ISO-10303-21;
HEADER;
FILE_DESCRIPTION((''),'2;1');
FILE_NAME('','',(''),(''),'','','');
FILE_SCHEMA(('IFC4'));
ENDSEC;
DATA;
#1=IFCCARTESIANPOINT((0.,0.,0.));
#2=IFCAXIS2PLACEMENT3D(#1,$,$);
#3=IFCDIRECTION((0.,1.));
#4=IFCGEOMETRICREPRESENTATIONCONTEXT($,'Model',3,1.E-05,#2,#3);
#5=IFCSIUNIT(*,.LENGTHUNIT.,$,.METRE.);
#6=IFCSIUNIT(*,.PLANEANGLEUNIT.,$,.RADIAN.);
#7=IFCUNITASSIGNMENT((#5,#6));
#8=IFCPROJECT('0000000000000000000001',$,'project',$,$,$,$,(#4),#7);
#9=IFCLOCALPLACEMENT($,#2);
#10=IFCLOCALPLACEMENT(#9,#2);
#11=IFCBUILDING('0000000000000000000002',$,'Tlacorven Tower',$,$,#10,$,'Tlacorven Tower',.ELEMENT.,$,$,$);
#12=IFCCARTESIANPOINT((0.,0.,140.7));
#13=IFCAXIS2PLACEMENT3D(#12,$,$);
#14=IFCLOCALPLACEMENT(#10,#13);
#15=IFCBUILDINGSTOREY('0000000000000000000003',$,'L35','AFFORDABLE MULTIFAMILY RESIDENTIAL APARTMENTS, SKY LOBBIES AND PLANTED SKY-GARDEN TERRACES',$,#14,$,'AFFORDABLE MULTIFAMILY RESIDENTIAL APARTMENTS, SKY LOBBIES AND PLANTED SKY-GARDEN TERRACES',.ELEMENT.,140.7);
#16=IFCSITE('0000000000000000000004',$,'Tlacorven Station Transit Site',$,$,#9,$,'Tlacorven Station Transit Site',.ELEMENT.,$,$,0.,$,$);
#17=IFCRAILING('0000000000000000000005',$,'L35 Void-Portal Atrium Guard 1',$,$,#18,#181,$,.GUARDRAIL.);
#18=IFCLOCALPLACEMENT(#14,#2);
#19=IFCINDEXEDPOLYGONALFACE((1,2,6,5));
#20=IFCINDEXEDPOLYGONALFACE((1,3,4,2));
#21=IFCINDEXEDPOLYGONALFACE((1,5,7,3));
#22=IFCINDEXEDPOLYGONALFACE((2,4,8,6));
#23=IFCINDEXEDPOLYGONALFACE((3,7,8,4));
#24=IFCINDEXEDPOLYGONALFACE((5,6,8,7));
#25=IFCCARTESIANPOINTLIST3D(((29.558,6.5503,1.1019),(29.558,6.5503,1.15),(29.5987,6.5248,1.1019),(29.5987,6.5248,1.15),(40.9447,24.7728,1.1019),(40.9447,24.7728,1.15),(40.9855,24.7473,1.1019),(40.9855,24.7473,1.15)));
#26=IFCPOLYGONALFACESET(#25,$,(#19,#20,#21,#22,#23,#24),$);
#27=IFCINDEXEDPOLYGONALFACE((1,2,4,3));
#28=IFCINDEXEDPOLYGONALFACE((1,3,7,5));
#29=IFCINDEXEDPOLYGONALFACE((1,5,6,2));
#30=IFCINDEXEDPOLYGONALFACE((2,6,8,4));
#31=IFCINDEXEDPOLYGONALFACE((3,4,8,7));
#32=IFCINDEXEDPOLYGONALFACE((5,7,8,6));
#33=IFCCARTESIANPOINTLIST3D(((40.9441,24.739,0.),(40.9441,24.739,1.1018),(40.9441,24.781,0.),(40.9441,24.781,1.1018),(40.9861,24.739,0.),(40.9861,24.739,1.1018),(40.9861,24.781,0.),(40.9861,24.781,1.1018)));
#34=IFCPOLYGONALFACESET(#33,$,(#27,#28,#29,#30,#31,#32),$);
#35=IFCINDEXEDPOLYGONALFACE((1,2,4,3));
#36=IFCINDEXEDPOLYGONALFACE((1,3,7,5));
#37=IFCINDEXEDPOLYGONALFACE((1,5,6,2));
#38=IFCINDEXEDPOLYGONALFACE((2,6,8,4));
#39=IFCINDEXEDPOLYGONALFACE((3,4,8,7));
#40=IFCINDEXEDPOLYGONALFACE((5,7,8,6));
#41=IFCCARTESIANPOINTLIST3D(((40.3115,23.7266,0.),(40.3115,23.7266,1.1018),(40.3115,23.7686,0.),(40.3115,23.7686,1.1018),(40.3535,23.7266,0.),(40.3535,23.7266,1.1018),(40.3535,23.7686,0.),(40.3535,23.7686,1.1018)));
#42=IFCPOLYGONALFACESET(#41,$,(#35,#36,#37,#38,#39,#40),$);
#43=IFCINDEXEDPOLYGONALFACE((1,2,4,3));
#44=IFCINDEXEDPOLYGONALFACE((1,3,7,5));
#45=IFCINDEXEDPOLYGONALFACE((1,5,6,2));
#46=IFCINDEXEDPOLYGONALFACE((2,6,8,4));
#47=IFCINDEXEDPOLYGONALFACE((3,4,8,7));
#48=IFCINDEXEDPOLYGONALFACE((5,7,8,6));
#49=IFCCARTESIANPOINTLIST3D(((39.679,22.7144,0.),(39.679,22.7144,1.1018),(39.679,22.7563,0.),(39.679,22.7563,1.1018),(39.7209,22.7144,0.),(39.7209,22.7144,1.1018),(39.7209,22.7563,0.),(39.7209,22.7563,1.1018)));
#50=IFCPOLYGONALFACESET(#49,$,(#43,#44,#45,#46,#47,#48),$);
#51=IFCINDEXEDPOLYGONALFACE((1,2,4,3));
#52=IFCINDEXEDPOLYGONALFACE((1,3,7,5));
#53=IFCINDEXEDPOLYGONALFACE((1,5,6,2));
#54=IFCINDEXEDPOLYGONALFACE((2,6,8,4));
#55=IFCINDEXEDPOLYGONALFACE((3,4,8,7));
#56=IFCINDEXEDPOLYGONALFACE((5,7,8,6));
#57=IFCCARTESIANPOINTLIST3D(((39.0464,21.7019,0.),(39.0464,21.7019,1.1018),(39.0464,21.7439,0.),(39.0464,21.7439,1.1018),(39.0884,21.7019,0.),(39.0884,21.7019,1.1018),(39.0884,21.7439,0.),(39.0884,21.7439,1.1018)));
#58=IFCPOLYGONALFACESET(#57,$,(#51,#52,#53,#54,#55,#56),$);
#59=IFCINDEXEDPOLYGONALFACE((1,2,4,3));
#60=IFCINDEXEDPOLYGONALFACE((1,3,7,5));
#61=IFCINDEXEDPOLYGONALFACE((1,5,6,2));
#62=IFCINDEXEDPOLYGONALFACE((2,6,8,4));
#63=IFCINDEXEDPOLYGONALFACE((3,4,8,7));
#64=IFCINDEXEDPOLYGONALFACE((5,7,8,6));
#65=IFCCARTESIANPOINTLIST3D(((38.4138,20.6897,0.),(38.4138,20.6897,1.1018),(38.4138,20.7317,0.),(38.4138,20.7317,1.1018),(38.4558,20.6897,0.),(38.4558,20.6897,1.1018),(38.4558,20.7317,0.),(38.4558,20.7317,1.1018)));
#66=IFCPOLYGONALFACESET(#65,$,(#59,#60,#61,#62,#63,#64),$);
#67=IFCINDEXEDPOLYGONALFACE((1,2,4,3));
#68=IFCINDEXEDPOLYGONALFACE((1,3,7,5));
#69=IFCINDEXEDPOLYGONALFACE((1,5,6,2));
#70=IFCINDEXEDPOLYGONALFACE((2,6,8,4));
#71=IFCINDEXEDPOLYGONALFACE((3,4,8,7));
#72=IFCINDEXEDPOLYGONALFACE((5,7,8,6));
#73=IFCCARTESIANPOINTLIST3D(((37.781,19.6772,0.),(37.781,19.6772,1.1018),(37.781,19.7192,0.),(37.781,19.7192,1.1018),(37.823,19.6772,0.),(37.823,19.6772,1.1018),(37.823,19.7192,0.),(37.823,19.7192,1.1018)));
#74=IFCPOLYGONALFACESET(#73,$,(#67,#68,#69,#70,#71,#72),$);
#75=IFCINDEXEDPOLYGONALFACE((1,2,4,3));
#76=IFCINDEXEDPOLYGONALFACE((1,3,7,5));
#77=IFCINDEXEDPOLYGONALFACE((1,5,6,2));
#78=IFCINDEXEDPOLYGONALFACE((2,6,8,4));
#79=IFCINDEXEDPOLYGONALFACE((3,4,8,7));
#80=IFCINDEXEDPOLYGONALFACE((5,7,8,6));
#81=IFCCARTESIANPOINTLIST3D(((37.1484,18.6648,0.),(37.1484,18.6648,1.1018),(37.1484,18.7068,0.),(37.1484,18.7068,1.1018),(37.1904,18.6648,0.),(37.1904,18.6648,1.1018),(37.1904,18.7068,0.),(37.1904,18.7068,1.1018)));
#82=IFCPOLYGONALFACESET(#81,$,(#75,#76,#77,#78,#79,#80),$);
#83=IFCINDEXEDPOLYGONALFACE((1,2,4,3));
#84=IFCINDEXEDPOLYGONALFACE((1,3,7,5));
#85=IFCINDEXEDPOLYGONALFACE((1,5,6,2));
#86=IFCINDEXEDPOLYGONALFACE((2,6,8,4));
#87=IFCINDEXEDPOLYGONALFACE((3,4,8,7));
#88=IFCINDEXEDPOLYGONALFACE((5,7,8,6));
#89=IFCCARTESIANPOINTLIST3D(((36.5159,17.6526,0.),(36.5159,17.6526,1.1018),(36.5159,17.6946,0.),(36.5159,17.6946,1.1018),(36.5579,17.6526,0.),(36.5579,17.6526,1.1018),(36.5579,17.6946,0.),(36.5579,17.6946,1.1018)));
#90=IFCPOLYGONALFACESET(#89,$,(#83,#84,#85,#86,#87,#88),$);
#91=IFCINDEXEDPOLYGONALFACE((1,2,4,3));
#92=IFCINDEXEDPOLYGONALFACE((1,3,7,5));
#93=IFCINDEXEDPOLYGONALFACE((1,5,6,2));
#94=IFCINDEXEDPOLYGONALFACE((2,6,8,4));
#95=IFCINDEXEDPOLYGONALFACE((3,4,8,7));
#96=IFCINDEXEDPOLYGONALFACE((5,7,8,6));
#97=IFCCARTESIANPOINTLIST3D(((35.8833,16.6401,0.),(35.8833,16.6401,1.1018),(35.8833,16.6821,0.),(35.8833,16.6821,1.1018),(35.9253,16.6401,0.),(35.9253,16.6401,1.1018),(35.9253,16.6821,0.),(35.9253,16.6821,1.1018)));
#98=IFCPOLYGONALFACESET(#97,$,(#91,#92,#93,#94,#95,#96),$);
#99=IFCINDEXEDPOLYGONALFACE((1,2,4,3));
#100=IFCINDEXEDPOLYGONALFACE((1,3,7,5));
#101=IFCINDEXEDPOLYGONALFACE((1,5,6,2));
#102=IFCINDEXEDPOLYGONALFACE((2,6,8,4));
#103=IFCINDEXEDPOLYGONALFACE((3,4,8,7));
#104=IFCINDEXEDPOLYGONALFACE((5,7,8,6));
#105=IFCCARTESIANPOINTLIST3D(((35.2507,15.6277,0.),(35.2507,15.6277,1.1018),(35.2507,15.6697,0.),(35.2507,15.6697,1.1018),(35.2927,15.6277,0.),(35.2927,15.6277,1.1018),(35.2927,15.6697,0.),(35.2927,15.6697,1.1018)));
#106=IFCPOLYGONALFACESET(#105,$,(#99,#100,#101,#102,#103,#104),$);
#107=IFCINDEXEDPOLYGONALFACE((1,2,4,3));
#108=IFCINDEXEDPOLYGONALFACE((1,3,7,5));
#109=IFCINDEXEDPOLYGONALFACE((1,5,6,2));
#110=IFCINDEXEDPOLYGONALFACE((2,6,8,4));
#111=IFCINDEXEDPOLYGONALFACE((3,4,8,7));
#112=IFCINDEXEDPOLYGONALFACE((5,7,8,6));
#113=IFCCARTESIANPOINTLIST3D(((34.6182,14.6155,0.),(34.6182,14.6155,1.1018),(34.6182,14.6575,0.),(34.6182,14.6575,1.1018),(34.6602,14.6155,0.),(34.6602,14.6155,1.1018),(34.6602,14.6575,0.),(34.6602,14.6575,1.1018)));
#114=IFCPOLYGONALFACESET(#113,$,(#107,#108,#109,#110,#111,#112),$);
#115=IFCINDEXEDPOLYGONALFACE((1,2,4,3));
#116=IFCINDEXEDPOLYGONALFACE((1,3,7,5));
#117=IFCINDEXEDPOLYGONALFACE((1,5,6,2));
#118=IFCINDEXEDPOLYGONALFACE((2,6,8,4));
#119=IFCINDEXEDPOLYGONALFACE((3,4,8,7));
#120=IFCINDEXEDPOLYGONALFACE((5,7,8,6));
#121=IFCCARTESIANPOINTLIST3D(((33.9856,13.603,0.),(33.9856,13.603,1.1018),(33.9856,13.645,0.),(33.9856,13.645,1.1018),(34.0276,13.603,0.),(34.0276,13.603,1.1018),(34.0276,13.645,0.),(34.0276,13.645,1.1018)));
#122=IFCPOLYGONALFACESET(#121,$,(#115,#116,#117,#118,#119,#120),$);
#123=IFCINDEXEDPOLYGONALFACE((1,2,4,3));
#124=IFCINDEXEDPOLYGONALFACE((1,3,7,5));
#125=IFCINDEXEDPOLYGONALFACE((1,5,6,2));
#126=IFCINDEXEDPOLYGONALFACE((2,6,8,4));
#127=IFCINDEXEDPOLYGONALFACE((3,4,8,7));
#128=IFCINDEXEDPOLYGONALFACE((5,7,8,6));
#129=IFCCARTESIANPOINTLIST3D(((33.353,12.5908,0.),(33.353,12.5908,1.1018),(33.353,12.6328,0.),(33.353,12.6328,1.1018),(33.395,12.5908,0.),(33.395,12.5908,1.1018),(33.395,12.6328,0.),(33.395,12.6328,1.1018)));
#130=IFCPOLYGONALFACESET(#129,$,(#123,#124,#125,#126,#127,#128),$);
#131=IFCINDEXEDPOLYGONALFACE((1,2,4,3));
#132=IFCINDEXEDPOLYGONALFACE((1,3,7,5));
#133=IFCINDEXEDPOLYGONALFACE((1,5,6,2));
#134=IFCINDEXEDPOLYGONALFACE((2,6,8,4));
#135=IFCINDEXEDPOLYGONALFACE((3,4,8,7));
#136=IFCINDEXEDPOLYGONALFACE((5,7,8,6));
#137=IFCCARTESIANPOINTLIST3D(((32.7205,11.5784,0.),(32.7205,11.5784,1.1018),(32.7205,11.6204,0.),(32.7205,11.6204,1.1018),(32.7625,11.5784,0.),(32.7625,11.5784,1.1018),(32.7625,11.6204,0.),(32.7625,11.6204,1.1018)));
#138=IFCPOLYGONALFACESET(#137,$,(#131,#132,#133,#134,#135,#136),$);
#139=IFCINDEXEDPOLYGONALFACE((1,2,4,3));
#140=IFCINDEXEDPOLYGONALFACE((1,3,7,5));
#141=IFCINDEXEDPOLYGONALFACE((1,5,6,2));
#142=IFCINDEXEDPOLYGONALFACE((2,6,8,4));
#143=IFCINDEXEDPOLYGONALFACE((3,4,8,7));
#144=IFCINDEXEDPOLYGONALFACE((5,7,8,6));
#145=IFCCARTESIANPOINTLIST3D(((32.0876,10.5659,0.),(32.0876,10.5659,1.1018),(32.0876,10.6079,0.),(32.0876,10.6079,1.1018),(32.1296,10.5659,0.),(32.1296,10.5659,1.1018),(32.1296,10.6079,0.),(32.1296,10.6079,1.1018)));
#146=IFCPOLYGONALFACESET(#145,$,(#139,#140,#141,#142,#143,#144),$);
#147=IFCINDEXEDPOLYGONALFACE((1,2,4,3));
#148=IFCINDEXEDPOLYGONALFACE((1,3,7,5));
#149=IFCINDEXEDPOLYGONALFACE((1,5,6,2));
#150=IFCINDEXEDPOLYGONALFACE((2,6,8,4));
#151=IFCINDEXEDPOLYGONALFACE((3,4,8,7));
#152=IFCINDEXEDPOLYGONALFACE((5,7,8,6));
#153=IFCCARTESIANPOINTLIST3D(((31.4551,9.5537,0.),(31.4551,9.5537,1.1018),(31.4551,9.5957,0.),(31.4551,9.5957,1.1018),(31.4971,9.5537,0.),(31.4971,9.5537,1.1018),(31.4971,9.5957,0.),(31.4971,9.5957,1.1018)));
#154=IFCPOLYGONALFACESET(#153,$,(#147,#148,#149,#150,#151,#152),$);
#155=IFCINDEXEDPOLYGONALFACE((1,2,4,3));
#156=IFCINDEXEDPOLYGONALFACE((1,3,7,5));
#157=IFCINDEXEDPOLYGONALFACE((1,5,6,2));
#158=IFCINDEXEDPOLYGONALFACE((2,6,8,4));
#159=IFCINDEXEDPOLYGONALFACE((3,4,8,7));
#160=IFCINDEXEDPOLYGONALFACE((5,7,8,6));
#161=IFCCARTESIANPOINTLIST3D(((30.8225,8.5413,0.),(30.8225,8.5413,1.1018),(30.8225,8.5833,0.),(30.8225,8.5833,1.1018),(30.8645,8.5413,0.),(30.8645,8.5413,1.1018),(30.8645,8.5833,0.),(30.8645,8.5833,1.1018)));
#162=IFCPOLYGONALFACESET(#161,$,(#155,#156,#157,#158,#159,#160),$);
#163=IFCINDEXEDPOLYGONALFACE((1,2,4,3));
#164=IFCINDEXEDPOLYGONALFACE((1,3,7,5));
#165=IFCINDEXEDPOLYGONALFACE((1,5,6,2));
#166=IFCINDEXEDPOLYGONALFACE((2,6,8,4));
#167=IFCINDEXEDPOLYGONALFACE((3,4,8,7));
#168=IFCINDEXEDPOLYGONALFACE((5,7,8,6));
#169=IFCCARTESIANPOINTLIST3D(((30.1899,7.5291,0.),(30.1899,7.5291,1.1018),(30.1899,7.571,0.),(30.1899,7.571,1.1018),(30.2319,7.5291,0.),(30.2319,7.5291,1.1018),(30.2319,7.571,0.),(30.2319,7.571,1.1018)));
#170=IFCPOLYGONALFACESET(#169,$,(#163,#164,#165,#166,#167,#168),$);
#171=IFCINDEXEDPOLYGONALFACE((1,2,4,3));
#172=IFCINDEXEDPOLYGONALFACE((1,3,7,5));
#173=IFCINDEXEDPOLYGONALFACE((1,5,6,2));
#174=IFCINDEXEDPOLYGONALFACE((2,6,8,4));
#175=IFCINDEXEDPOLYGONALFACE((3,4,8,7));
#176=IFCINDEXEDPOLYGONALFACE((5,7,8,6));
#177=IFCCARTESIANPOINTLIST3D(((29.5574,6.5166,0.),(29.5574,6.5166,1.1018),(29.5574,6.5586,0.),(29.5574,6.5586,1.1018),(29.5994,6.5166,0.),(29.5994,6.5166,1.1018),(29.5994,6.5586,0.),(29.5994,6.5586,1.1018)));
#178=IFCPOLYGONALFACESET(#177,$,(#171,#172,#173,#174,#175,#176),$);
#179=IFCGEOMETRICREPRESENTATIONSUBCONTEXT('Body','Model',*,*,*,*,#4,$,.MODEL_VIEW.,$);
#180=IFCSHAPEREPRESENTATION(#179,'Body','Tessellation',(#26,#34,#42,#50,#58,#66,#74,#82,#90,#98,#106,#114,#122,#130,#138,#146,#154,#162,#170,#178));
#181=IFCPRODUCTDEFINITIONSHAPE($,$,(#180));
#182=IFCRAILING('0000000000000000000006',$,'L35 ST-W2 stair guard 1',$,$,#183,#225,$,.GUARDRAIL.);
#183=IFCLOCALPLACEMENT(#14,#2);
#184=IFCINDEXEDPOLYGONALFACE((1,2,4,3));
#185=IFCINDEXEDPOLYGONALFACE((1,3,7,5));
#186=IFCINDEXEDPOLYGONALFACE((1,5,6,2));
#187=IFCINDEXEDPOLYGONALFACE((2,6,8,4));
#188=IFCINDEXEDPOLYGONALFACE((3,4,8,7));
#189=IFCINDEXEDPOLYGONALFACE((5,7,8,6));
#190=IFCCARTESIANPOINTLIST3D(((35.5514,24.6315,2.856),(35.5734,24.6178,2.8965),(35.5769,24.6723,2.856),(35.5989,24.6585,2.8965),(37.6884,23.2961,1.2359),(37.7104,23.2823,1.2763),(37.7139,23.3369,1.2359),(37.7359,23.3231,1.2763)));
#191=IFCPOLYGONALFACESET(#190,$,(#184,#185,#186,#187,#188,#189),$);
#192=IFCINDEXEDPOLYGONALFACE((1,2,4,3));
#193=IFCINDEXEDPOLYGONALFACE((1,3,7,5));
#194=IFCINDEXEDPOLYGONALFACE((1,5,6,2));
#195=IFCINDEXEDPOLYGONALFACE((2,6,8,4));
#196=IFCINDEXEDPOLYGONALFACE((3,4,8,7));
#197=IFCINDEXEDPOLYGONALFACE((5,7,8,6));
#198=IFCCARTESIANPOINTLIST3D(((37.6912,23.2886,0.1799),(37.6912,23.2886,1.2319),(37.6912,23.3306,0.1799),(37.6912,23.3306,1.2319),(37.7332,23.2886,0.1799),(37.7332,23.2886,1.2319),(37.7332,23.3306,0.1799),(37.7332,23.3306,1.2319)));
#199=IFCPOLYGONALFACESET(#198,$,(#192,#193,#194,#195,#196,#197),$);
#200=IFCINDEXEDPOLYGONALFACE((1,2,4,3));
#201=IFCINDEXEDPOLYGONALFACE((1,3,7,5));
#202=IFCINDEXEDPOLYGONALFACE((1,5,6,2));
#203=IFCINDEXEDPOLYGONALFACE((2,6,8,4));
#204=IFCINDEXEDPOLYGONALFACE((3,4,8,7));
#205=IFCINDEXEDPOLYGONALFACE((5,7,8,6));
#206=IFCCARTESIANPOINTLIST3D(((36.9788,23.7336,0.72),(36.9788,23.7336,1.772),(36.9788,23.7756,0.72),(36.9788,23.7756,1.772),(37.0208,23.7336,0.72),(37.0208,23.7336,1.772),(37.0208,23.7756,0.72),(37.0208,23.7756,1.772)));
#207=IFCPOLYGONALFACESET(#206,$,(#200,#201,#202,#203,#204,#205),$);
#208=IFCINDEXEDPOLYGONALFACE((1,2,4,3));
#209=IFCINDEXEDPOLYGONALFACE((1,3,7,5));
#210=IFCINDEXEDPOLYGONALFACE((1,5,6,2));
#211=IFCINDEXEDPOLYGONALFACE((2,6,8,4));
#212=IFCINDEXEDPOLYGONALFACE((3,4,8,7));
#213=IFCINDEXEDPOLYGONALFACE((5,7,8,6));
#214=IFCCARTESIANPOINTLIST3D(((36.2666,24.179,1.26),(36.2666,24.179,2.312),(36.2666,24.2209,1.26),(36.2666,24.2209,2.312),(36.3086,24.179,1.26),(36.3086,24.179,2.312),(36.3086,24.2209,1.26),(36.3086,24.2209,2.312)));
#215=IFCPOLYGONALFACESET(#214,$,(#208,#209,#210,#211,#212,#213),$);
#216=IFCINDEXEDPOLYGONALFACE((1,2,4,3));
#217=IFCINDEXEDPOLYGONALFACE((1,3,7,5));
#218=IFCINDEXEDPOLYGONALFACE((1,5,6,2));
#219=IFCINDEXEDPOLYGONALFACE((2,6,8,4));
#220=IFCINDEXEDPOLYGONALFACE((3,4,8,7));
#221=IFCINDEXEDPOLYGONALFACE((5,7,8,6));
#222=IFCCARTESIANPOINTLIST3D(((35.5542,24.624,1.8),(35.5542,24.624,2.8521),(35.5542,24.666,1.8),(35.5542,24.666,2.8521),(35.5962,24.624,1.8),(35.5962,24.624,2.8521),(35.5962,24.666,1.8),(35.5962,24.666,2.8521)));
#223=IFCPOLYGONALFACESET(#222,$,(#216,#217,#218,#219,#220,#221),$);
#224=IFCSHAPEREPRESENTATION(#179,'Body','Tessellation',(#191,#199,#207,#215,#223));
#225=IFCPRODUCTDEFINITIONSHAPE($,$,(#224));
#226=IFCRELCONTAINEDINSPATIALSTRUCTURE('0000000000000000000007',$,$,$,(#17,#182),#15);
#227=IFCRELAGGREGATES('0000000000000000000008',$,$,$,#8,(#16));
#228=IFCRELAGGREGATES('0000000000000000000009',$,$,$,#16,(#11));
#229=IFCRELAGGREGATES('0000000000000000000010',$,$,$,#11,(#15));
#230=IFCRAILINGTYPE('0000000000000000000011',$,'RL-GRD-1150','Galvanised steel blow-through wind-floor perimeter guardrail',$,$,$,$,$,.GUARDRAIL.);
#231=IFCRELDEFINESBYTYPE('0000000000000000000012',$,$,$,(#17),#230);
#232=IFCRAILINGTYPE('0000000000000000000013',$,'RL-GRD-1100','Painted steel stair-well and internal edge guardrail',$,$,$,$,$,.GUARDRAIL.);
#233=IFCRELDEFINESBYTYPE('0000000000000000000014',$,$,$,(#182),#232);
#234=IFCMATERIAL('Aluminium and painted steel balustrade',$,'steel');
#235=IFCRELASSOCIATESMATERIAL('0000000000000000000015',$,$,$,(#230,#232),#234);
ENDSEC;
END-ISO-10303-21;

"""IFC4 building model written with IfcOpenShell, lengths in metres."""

from ifc_helpers import new_model, si_unit, direction, frame, origin, origin_2d, place, context, subcontext, project, spatial, rectangle, extrude, source, transform, mapped, material, type_object, element, save


model = new_model("IFC4")

# Units and contexts
model_context = context("Model", 3, precision=1e-05, world=origin(), true_north=direction((0.0, 1.0)))
body_context = subcontext(model_context, "Body", "Model", "MODEL_VIEW")
ifc_project = project(units=[si_unit("LENGTHUNIT", "METRE"), si_unit("PLANEANGLEUNIT", "RADIAN")], contexts=[model_context])

# Site, building, storey
site_placement = place(None, origin())
site = spatial("IfcSite", under=ifc_project, at=site_placement, Name="Tlacorven Station Transit Site", LongName="Tlacorven Station Transit Site", CompositionType="ELEMENT", RefElevation=0.0)
building_placement = place(site_placement, origin())
building = spatial("IfcBuilding", under=site, at=building_placement, Name="Tlacorven Tower", LongName="Tlacorven Tower", CompositionType="ELEMENT")
storey_placement = place(building_placement, frame((0.0, 0.0, 140.7)))
storey = spatial("IfcBuildingStorey", under=building, at=storey_placement, Name="L35", Description="AFFORDABLE MULTIFAMILY RESIDENTIAL APARTMENTS, SKY LOBBIES AND PLANTED SKY-GARDEN TERRACES", LongName="AFFORDABLE MULTIFAMILY RESIDENTIAL APARTMENTS, SKY LOBBIES AND PLANTED SKY-GARDEN TERRACES", CompositionType="ELEMENT", Elevation=140.7)

# Railings
ifc_material_1 = material(Name="Aluminium and painted steel balustrade", Category="steel")
railing_type_1 = type_object("IfcRailingType", Name="RL-GRD-1150", Description="Galvanised steel blow-through wind-floor perimeter guardrail", PredefinedType="GUARDRAIL", material=ifc_material_1)
shared_shape_1 = source(origin(), body_context, "Body", "SweptSolid", [
    extrude(rectangle(XDim=0.0481, YDim=0.0481, at=origin_2d()), frame((0.0, 0.0, 1.126), z_axis=(-0.529922, -0.848046, 0.0), x_axis=(0.848046, -0.529922, 0.0)), (0.0, 0.0, 1.0), 21.4875),
    extrude(rectangle(XDim=0.042, YDim=0.042, at=origin_2d()), origin(), (0.0, 0.0, 1.0), 1.1018),
    extrude(rectangle(XDim=0.042, YDim=0.042, at=origin_2d()), frame((-0.6326, -1.0125, 0.0)), (0.0, 0.0, 1.0), 1.1018),
    extrude(rectangle(XDim=0.042, YDim=0.042, at=origin_2d()), frame((-1.2651, -2.0247, 0.0)), (0.0, 0.0, 1.0), 1.1018),
    extrude(rectangle(XDim=0.042, YDim=0.042, at=origin_2d()), frame((-1.8977, -3.0371, 0.0)), (0.0, 0.0, 1.0), 1.1018),
    extrude(rectangle(XDim=0.042, YDim=0.042, at=origin_2d()), frame((-2.5303, -4.0493, 0.0)), (0.0, 0.0, 1.0), 1.1018),
    extrude(rectangle(XDim=0.042, YDim=0.042, at=origin_2d()), frame((-3.1631, -5.0618, 0.0)), (0.0, 0.0, 1.0), 1.1018),
    extrude(rectangle(XDim=0.042, YDim=0.042, at=origin_2d()), frame((-3.7957, -6.0742, 0.0)), (0.0, 0.0, 1.0), 1.1018),
    extrude(rectangle(XDim=0.042, YDim=0.042, at=origin_2d()), frame((-4.4282, -7.0864, 0.0)), (0.0, 0.0, 1.0), 1.1018),
    extrude(rectangle(XDim=0.042, YDim=0.042, at=origin_2d()), frame((-5.0608, -8.0989, 0.0)), (0.0, 0.0, 1.0), 1.1018),
    extrude(rectangle(XDim=0.042, YDim=0.042, at=origin_2d()), frame((-5.6934, -9.1113, 0.0)), (0.0, 0.0, 1.0), 1.1018),
    extrude(rectangle(XDim=0.042, YDim=0.042, at=origin_2d()), frame((-6.3259, -10.1235, 0.0)), (0.0, 0.0, 1.0), 1.1018),
    extrude(rectangle(XDim=0.042, YDim=0.042, at=origin_2d()), frame((-6.9585, -11.136, 0.0)), (0.0, 0.0, 1.0), 1.1018),
    extrude(rectangle(XDim=0.042, YDim=0.042, at=origin_2d()), frame((-7.5911, -12.1482, 0.0)), (0.0, 0.0, 1.0), 1.1018),
    extrude(rectangle(XDim=0.042, YDim=0.042, at=origin_2d()), frame((-8.2236, -13.1606, 0.0)), (0.0, 0.0, 1.0), 1.1018),
    extrude(rectangle(XDim=0.042, YDim=0.042, at=origin_2d()), frame((-8.8564, -14.1731, 0.0)), (0.0, 0.0, 1.0), 1.1018),
    extrude(rectangle(XDim=0.042, YDim=0.042, at=origin_2d()), frame((-9.489, -15.1853, 0.0)), (0.0, 0.0, 1.0), 1.1018),
    extrude(rectangle(XDim=0.042, YDim=0.042, at=origin_2d()), frame((-10.1216, -16.1978, 0.0)), (0.0, 0.0, 1.0), 1.1018),
    extrude(rectangle(XDim=0.042, YDim=0.042, at=origin_2d()), frame((-10.7542, -17.21, 0.0)), (0.0, 0.0, 1.0), 1.1018),
    extrude(rectangle(XDim=0.042, YDim=0.042, at=origin_2d()), frame((-11.3867, -18.2224, 0.0)), (0.0, 0.0, 1.0), 1.1018),
])
railing_1_placement = place(storey_placement, frame((40.9651, 24.76, 0.0)))
element("IfcRailing", 1, at=railing_1_placement, inside=storey, type_object=railing_type_1, Name="L35 Void-Portal Atrium Guard 1", PredefinedType="GUARDRAIL", context=body_context, shape_type="MappedRepresentation", body=[
    mapped(shared_shape_1, transform((0.0, 0.0, 0.0), scale=1.0)),
])
railing_type_2 = type_object("IfcRailingType", Name="RL-GRD-1100", Description="Painted steel stair-well and internal edge guardrail", PredefinedType="GUARDRAIL", material=ifc_material_1)
shared_shape_2 = source(origin(), body_context, "Body", "SweptSolid", [
    extrude(rectangle(XDim=0.0481, YDim=0.0481, at=origin_2d()), frame((0.0, 0.0, 1.0762), z_axis=(-0.71332, 0.445774, 0.540796), x_axis=(-0.529955, -0.848026, 0.0)), (0.0, 0.0, 1.0), 2.9958),
    extrude(rectangle(XDim=0.042, YDim=0.042, at=origin_2d()), origin(), (0.0, 0.0, 1.0), 1.052),
    extrude(rectangle(XDim=0.042, YDim=0.042, at=origin_2d()), frame((-0.7124, 0.4451, 0.54)), (0.0, 0.0, 1.0), 1.052),
    extrude(rectangle(XDim=0.042, YDim=0.042, at=origin_2d()), frame((-1.4246, 0.8904, 1.0801)), (0.0, 0.0, 1.0), 1.052),
    extrude(rectangle(XDim=0.042, YDim=0.042, at=origin_2d()), frame((-2.137, 1.3354, 1.6201)), (0.0, 0.0, 1.0), 1.052),
])
railing_2_placement = place(storey_placement, frame((37.7122, 23.3096, 0.1799)))
element("IfcRailing", 2, at=railing_2_placement, inside=storey, type_object=railing_type_2, Name="L35 ST-W2 stair guard 1", PredefinedType="GUARDRAIL", context=body_context, shape_type="MappedRepresentation", body=[
    mapped(shared_shape_2, transform((0.0, 0.0, 0.0), scale=1.0)),
])

save(model, "model.ifc")
